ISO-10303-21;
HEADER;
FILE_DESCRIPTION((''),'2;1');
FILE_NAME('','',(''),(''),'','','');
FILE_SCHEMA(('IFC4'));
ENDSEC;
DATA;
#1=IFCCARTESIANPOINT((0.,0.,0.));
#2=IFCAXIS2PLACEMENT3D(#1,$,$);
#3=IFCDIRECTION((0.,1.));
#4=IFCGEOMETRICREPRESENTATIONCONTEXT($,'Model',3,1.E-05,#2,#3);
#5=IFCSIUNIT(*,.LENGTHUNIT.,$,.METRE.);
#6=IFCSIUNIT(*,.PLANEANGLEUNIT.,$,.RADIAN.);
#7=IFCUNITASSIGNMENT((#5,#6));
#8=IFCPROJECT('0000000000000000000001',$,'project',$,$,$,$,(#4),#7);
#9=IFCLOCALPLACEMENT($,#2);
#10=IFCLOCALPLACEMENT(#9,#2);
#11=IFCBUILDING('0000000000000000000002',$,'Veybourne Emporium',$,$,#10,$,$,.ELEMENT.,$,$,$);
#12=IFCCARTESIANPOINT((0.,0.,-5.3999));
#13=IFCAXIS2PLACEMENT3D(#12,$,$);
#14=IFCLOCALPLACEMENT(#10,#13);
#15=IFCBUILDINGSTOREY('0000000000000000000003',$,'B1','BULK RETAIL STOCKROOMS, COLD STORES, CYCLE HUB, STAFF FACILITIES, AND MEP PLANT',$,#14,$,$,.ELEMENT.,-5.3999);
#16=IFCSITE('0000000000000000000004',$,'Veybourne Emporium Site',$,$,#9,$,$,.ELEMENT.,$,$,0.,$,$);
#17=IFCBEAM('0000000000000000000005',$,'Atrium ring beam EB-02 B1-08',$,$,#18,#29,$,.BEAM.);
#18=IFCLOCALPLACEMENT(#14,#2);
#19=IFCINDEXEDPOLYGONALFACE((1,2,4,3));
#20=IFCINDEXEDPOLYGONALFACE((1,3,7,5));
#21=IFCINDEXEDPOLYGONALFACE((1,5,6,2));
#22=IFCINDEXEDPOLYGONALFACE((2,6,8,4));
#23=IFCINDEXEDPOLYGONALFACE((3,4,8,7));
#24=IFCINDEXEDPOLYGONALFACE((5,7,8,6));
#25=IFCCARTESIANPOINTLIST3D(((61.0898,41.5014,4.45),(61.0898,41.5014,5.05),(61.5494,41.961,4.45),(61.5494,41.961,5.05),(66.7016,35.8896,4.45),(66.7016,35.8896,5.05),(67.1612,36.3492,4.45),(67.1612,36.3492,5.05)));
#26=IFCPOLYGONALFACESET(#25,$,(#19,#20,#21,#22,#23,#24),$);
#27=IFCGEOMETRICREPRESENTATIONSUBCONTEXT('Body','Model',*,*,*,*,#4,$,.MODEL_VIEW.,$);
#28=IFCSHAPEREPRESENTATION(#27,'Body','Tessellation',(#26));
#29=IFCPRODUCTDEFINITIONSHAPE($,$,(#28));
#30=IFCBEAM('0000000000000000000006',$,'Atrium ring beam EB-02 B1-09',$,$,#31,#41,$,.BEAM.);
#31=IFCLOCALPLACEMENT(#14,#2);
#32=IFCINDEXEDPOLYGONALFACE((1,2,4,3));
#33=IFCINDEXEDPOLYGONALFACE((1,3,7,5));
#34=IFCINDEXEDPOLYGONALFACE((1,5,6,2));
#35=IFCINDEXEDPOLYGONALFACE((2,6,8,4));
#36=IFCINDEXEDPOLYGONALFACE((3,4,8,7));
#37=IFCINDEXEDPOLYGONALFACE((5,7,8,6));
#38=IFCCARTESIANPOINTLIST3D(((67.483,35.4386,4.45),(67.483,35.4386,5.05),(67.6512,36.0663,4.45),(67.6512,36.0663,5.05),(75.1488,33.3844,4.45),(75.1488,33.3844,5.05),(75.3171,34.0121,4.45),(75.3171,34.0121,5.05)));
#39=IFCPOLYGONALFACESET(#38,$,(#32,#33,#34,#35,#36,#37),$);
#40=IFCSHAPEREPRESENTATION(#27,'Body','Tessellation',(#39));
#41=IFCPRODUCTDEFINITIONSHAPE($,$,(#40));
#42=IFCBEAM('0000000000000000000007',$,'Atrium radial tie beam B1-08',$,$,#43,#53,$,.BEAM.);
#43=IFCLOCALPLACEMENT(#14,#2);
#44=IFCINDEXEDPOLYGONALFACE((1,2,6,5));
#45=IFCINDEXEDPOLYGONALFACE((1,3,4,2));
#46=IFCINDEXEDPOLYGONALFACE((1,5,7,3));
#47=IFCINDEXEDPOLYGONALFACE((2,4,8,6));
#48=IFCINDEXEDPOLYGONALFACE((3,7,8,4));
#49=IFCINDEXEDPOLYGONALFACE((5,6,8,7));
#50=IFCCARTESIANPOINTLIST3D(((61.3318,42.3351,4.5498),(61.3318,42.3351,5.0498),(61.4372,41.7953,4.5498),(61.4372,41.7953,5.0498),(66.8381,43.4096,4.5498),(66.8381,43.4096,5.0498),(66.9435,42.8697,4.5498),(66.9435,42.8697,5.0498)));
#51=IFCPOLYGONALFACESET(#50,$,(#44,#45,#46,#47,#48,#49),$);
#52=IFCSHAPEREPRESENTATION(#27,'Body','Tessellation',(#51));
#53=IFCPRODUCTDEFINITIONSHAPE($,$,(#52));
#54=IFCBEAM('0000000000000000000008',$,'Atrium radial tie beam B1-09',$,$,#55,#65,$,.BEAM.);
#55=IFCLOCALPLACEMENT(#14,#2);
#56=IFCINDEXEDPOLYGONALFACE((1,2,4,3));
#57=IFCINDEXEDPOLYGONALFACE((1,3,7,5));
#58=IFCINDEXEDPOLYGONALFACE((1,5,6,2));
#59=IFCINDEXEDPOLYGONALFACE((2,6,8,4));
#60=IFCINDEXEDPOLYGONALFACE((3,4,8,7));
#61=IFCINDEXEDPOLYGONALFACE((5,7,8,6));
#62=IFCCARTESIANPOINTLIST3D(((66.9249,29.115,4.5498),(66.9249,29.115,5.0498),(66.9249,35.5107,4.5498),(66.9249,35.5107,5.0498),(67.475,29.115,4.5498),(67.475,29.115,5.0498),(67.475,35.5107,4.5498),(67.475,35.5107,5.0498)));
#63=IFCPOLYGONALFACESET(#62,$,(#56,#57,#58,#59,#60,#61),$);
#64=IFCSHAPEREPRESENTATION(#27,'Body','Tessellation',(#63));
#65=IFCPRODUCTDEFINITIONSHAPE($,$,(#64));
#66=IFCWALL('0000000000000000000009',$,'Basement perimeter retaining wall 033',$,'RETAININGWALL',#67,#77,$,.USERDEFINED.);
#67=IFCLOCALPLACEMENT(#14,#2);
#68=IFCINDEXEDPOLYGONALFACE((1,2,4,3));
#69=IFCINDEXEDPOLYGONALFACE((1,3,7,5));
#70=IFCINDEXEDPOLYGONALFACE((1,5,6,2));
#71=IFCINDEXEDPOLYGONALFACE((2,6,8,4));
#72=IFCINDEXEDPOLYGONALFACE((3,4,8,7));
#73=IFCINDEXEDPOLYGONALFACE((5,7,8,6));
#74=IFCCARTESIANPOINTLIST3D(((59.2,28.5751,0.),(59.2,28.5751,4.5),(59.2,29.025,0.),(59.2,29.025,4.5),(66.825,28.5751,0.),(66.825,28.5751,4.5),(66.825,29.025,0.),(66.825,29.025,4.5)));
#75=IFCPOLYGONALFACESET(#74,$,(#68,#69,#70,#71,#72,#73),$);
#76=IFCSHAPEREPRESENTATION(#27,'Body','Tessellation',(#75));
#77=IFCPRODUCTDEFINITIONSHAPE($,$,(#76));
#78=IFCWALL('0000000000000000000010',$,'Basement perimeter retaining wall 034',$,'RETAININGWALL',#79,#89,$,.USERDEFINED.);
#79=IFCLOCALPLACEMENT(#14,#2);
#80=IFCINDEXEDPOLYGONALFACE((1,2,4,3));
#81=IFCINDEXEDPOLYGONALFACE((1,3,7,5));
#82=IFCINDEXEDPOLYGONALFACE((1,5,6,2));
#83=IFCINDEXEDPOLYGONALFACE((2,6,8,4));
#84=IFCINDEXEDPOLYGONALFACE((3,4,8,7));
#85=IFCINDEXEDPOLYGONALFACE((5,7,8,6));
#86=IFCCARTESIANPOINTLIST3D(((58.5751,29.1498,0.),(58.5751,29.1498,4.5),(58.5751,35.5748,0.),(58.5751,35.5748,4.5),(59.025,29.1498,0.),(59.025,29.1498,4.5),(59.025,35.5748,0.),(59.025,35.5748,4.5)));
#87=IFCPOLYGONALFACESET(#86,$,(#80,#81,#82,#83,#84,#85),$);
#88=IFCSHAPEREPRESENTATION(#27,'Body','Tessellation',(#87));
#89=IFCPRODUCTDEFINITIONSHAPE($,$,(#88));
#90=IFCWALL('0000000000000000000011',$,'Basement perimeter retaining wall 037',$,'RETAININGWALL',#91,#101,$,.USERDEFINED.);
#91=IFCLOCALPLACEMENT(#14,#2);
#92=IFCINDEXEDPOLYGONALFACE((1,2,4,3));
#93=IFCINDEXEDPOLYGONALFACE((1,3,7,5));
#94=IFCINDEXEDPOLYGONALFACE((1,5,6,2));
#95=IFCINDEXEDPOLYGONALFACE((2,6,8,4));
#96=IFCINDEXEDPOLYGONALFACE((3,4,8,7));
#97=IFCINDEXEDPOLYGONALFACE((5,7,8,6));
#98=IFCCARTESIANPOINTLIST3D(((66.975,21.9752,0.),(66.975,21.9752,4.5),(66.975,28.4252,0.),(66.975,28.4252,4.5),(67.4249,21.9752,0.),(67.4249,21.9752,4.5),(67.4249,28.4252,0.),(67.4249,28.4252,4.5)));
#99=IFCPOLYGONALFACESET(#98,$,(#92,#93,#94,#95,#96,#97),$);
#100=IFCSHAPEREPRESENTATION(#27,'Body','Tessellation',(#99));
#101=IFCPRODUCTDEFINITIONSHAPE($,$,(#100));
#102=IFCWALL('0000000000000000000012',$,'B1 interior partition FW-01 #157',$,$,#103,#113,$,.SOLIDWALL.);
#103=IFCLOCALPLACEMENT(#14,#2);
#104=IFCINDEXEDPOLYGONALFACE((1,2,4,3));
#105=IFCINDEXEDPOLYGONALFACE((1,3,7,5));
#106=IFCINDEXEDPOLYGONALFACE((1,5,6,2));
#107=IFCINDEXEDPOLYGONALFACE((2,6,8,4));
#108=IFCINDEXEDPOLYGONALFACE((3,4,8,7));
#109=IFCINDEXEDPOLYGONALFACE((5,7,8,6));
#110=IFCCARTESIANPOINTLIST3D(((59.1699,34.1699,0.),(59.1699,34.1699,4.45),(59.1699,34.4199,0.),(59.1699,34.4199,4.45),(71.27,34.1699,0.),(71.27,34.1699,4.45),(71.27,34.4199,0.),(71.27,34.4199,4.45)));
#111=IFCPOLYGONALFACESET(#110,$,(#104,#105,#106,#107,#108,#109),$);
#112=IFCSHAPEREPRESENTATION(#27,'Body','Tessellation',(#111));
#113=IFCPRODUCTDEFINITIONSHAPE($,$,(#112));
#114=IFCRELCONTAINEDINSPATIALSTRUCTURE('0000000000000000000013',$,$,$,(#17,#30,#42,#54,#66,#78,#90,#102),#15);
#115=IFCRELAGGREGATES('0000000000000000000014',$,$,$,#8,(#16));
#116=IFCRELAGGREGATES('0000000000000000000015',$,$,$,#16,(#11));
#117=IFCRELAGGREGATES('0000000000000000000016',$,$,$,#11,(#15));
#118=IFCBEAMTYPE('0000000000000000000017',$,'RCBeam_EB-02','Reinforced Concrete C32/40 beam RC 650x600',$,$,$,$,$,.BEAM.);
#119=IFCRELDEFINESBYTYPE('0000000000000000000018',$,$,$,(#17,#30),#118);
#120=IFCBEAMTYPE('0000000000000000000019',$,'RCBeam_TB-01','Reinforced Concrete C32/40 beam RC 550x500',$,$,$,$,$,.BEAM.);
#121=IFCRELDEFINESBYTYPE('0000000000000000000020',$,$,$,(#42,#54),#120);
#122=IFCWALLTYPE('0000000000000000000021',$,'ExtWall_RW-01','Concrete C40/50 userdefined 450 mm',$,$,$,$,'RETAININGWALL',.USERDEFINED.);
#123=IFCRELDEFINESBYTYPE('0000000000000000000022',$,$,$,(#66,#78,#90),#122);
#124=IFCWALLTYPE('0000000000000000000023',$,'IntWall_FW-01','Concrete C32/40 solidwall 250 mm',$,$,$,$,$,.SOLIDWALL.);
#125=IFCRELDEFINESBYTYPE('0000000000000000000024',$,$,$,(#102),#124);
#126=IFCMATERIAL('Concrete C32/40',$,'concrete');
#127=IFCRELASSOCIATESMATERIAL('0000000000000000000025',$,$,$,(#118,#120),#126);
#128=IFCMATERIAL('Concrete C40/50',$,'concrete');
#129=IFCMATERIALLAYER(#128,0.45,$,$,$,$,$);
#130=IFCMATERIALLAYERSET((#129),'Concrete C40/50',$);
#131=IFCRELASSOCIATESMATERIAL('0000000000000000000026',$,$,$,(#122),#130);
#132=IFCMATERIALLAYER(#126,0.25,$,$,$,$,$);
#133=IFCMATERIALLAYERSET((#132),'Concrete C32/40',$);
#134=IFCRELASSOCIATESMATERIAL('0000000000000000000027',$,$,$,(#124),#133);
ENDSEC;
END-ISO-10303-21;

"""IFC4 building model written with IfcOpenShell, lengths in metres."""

from ifc_helpers import new_model, si_unit, direction, frame, frame_2d, origin, origin_2d, place, context, subcontext, project, spatial, rectangle, extrude, material, layer, layer_set, material_profile, profile_set, type_object, element, save


model = new_model("IFC4")

# Units and contexts
model_context = context("Model", 3, precision=1e-05, world=origin(), true_north=direction((0.0, 1.0)))
body_context = subcontext(model_context, "Body", "Model", "MODEL_VIEW")
ifc_project = project(units=[si_unit("LENGTHUNIT", "METRE"), si_unit("PLANEANGLEUNIT", "RADIAN")], contexts=[model_context])

# Site, building, storey
site_placement = place(None, origin())
site = spatial("IfcSite", under=ifc_project, at=site_placement, Name="Veybourne Emporium Site", CompositionType="ELEMENT", RefElevation=0.0)
building_placement = place(site_placement, origin())
building = spatial("IfcBuilding", under=site, at=building_placement, Name="Veybourne Emporium", CompositionType="ELEMENT")
storey_placement = place(building_placement, frame((0.0, 0.0, -5.3999)))
storey = spatial("IfcBuildingStorey", under=building, at=storey_placement, Name="B1", Description="BULK RETAIL STOCKROOMS, COLD STORES, CYCLE HUB, STAFF FACILITIES, AND MEP PLANT", CompositionType="ELEMENT", Elevation=-5.3999)

# Shared definitions
ifc_material_1 = material(Name="Concrete C40/50", Category="concrete")

# Beams
ifc_material_2 = material(Name="Concrete C32/40", Category="concrete")
ifc_material_profile_1 = material_profile(ifc_material_2, rectangle(XDim=0.6499, YDim=0.6001, at=origin_2d()), Name="RC 650x600")
ifc_profile_set_1 = profile_set([ifc_material_profile_1], Name="Concrete C32/40")
beam_type_1 = type_object("IfcBeamType", Name="RCBeam_EB-02", Description="Reinforced Concrete C32/40 beam RC 650x600", PredefinedType="BEAM", material=ifc_profile_set_1)
for number, where, z_axis, x_axis, name in (
    (1, (61.3196, 41.7312, 4.75), (0.707107, -0.707107, 0.0), (0.707107, 0.707107, 0.0), "Atrium ring beam EB-02 B1-08"),
    (2, (67.5671, 35.7524, 4.75), (0.965921, -0.258838, 0.0), (0.258838, 0.965921, 0.0), "Atrium ring beam EB-02 B1-09"),
):
    element("IfcBeam", number, at=place(storey_placement, frame(where, z_axis=z_axis, x_axis=x_axis)), inside=storey, type_object=beam_type_1, Name=name, PredefinedType="BEAM", context=body_context, shape_type="SweptSolid", body=[
        extrude(rectangle(XDim=0.6499, YDim=0.6001, at=origin_2d()), origin(), (0.0, 0.0, 1.0), 7.9363),
    ])
ifc_material_profile_2 = material_profile(ifc_material_2, rectangle(XDim=0.55, YDim=0.5, at=origin_2d()), Name="RC 550x500")
ifc_profile_set_2 = profile_set([ifc_material_profile_2], Name="Concrete C32/40")
beam_type_2 = type_object("IfcBeamType", Name="RCBeam_TB-01", Description="Reinforced Concrete C32/40 beam RC 550x500", PredefinedType="BEAM", material=ifc_profile_set_2)
beam_1_placement = place(storey_placement, frame((61.3845, 42.0652, 4.7998), z_axis=(0.981489, 0.19152, 0.0), x_axis=(-0.19152, 0.981489, 0.0)))
element("IfcBeam", 3, at=beam_1_placement, inside=storey, type_object=beam_type_2, Name="Atrium radial tie beam B1-08", PredefinedType="BEAM", context=body_context, shape_type="SweptSolid", body=[
    extrude(rectangle(XDim=0.55, YDim=0.5, at=origin_2d()), origin(), (0.0, 0.0, 1.0), 5.6101),
])
beam_2_placement = place(storey_placement, frame((67.2, 35.5107, 4.7998), z_axis=(0.0, -1.0, 0.0), x_axis=(1.0, 0.0, 0.0)))
element("IfcBeam", 4, at=beam_2_placement, inside=storey, type_object=beam_type_2, Name="Atrium radial tie beam B1-09", PredefinedType="BEAM", context=body_context, shape_type="SweptSolid", body=[
    extrude(rectangle(XDim=0.55, YDim=0.5, at=origin_2d()), origin(), (0.0, 0.0, 1.0), 6.3958),
])

# Walls
ifc_layer_1 = layer(ifc_material_1, 0.45)
ifc_layer_set_1 = layer_set([ifc_layer_1], Name="Concrete C40/50")
wall_type_1 = type_object("IfcWallType", Name="ExtWall_RW-01", Description="Concrete C40/50 userdefined 450 mm", ElementType="RETAININGWALL", PredefinedType="USERDEFINED", material=ifc_layer_set_1)
wall_1_placement = place(storey_placement, frame((66.825, 28.8, 0.0), z_axis=(0.0, 0.0, 1.0), x_axis=(-1.0, 0.0, 0.0)))
element("IfcWall", 5, at=wall_1_placement, inside=storey, type_object=wall_type_1, Name="Basement perimeter retaining wall 033", ObjectType="RETAININGWALL", PredefinedType="USERDEFINED", context=body_context, shape_type="SweptSolid", body=[
    extrude(rectangle(XDim=7.625, YDim=0.45, at=frame_2d((3.8125, 0.0))), origin(), (0.0, 0.0, 1.0), 4.5),
])
wall_2_placement = place(storey_placement, frame((58.8, 29.1499, 0.0), z_axis=(0.0, 0.0, 1.0), x_axis=(0.0, 1.0, 0.0)))
element("IfcWall", 6, at=wall_2_placement, inside=storey, type_object=wall_type_1, Name="Basement perimeter retaining wall 034", ObjectType="RETAININGWALL", PredefinedType="USERDEFINED", context=body_context, shape_type="SweptSolid", body=[
    extrude(rectangle(XDim=6.425, YDim=0.45, at=frame_2d((3.2124, 0.0))), origin(), (0.0, 0.0, 1.0), 4.5),
])
wall_3_placement = place(storey_placement, frame((67.2, 21.9751, 0.0), z_axis=(0.0, 0.0, 1.0), x_axis=(0.0, 1.0, 0.0)))
element("IfcWall", 7, at=wall_3_placement, inside=storey, type_object=wall_type_1, Name="Basement perimeter retaining wall 037", ObjectType="RETAININGWALL", PredefinedType="USERDEFINED", context=body_context, shape_type="SweptSolid", body=[
    extrude(rectangle(XDim=6.45, YDim=0.45, at=frame_2d((3.2251, 0.0))), origin(), (0.0, 0.0, 1.0), 4.5),
])
ifc_layer_2 = layer(ifc_material_2, 0.25)
ifc_layer_set_2 = layer_set([ifc_layer_2], Name="Concrete C32/40")
wall_type_2 = type_object("IfcWallType", Name="IntWall_FW-01", Description="Concrete C32/40 solidwall 250 mm", PredefinedType="SOLIDWALL", material=ifc_layer_set_2)
wall_4_placement = place(storey_placement, frame((59.1699, 34.2949, 0.0), z_axis=(0.0, 0.0, 1.0), x_axis=(1.0, 0.0, 0.0)))
element("IfcWall", 8, at=wall_4_placement, inside=storey, type_object=wall_type_2, Name="B1 interior partition FW-01 #157", PredefinedType="SOLIDWALL", context=body_context, shape_type="SweptSolid", body=[
    extrude(rectangle(XDim=12.1001, YDim=0.25, at=frame_2d((6.05, 0.0))), origin(), (0.0, 0.0, 1.0), 4.45),
])

save(model, "model.ifc")
